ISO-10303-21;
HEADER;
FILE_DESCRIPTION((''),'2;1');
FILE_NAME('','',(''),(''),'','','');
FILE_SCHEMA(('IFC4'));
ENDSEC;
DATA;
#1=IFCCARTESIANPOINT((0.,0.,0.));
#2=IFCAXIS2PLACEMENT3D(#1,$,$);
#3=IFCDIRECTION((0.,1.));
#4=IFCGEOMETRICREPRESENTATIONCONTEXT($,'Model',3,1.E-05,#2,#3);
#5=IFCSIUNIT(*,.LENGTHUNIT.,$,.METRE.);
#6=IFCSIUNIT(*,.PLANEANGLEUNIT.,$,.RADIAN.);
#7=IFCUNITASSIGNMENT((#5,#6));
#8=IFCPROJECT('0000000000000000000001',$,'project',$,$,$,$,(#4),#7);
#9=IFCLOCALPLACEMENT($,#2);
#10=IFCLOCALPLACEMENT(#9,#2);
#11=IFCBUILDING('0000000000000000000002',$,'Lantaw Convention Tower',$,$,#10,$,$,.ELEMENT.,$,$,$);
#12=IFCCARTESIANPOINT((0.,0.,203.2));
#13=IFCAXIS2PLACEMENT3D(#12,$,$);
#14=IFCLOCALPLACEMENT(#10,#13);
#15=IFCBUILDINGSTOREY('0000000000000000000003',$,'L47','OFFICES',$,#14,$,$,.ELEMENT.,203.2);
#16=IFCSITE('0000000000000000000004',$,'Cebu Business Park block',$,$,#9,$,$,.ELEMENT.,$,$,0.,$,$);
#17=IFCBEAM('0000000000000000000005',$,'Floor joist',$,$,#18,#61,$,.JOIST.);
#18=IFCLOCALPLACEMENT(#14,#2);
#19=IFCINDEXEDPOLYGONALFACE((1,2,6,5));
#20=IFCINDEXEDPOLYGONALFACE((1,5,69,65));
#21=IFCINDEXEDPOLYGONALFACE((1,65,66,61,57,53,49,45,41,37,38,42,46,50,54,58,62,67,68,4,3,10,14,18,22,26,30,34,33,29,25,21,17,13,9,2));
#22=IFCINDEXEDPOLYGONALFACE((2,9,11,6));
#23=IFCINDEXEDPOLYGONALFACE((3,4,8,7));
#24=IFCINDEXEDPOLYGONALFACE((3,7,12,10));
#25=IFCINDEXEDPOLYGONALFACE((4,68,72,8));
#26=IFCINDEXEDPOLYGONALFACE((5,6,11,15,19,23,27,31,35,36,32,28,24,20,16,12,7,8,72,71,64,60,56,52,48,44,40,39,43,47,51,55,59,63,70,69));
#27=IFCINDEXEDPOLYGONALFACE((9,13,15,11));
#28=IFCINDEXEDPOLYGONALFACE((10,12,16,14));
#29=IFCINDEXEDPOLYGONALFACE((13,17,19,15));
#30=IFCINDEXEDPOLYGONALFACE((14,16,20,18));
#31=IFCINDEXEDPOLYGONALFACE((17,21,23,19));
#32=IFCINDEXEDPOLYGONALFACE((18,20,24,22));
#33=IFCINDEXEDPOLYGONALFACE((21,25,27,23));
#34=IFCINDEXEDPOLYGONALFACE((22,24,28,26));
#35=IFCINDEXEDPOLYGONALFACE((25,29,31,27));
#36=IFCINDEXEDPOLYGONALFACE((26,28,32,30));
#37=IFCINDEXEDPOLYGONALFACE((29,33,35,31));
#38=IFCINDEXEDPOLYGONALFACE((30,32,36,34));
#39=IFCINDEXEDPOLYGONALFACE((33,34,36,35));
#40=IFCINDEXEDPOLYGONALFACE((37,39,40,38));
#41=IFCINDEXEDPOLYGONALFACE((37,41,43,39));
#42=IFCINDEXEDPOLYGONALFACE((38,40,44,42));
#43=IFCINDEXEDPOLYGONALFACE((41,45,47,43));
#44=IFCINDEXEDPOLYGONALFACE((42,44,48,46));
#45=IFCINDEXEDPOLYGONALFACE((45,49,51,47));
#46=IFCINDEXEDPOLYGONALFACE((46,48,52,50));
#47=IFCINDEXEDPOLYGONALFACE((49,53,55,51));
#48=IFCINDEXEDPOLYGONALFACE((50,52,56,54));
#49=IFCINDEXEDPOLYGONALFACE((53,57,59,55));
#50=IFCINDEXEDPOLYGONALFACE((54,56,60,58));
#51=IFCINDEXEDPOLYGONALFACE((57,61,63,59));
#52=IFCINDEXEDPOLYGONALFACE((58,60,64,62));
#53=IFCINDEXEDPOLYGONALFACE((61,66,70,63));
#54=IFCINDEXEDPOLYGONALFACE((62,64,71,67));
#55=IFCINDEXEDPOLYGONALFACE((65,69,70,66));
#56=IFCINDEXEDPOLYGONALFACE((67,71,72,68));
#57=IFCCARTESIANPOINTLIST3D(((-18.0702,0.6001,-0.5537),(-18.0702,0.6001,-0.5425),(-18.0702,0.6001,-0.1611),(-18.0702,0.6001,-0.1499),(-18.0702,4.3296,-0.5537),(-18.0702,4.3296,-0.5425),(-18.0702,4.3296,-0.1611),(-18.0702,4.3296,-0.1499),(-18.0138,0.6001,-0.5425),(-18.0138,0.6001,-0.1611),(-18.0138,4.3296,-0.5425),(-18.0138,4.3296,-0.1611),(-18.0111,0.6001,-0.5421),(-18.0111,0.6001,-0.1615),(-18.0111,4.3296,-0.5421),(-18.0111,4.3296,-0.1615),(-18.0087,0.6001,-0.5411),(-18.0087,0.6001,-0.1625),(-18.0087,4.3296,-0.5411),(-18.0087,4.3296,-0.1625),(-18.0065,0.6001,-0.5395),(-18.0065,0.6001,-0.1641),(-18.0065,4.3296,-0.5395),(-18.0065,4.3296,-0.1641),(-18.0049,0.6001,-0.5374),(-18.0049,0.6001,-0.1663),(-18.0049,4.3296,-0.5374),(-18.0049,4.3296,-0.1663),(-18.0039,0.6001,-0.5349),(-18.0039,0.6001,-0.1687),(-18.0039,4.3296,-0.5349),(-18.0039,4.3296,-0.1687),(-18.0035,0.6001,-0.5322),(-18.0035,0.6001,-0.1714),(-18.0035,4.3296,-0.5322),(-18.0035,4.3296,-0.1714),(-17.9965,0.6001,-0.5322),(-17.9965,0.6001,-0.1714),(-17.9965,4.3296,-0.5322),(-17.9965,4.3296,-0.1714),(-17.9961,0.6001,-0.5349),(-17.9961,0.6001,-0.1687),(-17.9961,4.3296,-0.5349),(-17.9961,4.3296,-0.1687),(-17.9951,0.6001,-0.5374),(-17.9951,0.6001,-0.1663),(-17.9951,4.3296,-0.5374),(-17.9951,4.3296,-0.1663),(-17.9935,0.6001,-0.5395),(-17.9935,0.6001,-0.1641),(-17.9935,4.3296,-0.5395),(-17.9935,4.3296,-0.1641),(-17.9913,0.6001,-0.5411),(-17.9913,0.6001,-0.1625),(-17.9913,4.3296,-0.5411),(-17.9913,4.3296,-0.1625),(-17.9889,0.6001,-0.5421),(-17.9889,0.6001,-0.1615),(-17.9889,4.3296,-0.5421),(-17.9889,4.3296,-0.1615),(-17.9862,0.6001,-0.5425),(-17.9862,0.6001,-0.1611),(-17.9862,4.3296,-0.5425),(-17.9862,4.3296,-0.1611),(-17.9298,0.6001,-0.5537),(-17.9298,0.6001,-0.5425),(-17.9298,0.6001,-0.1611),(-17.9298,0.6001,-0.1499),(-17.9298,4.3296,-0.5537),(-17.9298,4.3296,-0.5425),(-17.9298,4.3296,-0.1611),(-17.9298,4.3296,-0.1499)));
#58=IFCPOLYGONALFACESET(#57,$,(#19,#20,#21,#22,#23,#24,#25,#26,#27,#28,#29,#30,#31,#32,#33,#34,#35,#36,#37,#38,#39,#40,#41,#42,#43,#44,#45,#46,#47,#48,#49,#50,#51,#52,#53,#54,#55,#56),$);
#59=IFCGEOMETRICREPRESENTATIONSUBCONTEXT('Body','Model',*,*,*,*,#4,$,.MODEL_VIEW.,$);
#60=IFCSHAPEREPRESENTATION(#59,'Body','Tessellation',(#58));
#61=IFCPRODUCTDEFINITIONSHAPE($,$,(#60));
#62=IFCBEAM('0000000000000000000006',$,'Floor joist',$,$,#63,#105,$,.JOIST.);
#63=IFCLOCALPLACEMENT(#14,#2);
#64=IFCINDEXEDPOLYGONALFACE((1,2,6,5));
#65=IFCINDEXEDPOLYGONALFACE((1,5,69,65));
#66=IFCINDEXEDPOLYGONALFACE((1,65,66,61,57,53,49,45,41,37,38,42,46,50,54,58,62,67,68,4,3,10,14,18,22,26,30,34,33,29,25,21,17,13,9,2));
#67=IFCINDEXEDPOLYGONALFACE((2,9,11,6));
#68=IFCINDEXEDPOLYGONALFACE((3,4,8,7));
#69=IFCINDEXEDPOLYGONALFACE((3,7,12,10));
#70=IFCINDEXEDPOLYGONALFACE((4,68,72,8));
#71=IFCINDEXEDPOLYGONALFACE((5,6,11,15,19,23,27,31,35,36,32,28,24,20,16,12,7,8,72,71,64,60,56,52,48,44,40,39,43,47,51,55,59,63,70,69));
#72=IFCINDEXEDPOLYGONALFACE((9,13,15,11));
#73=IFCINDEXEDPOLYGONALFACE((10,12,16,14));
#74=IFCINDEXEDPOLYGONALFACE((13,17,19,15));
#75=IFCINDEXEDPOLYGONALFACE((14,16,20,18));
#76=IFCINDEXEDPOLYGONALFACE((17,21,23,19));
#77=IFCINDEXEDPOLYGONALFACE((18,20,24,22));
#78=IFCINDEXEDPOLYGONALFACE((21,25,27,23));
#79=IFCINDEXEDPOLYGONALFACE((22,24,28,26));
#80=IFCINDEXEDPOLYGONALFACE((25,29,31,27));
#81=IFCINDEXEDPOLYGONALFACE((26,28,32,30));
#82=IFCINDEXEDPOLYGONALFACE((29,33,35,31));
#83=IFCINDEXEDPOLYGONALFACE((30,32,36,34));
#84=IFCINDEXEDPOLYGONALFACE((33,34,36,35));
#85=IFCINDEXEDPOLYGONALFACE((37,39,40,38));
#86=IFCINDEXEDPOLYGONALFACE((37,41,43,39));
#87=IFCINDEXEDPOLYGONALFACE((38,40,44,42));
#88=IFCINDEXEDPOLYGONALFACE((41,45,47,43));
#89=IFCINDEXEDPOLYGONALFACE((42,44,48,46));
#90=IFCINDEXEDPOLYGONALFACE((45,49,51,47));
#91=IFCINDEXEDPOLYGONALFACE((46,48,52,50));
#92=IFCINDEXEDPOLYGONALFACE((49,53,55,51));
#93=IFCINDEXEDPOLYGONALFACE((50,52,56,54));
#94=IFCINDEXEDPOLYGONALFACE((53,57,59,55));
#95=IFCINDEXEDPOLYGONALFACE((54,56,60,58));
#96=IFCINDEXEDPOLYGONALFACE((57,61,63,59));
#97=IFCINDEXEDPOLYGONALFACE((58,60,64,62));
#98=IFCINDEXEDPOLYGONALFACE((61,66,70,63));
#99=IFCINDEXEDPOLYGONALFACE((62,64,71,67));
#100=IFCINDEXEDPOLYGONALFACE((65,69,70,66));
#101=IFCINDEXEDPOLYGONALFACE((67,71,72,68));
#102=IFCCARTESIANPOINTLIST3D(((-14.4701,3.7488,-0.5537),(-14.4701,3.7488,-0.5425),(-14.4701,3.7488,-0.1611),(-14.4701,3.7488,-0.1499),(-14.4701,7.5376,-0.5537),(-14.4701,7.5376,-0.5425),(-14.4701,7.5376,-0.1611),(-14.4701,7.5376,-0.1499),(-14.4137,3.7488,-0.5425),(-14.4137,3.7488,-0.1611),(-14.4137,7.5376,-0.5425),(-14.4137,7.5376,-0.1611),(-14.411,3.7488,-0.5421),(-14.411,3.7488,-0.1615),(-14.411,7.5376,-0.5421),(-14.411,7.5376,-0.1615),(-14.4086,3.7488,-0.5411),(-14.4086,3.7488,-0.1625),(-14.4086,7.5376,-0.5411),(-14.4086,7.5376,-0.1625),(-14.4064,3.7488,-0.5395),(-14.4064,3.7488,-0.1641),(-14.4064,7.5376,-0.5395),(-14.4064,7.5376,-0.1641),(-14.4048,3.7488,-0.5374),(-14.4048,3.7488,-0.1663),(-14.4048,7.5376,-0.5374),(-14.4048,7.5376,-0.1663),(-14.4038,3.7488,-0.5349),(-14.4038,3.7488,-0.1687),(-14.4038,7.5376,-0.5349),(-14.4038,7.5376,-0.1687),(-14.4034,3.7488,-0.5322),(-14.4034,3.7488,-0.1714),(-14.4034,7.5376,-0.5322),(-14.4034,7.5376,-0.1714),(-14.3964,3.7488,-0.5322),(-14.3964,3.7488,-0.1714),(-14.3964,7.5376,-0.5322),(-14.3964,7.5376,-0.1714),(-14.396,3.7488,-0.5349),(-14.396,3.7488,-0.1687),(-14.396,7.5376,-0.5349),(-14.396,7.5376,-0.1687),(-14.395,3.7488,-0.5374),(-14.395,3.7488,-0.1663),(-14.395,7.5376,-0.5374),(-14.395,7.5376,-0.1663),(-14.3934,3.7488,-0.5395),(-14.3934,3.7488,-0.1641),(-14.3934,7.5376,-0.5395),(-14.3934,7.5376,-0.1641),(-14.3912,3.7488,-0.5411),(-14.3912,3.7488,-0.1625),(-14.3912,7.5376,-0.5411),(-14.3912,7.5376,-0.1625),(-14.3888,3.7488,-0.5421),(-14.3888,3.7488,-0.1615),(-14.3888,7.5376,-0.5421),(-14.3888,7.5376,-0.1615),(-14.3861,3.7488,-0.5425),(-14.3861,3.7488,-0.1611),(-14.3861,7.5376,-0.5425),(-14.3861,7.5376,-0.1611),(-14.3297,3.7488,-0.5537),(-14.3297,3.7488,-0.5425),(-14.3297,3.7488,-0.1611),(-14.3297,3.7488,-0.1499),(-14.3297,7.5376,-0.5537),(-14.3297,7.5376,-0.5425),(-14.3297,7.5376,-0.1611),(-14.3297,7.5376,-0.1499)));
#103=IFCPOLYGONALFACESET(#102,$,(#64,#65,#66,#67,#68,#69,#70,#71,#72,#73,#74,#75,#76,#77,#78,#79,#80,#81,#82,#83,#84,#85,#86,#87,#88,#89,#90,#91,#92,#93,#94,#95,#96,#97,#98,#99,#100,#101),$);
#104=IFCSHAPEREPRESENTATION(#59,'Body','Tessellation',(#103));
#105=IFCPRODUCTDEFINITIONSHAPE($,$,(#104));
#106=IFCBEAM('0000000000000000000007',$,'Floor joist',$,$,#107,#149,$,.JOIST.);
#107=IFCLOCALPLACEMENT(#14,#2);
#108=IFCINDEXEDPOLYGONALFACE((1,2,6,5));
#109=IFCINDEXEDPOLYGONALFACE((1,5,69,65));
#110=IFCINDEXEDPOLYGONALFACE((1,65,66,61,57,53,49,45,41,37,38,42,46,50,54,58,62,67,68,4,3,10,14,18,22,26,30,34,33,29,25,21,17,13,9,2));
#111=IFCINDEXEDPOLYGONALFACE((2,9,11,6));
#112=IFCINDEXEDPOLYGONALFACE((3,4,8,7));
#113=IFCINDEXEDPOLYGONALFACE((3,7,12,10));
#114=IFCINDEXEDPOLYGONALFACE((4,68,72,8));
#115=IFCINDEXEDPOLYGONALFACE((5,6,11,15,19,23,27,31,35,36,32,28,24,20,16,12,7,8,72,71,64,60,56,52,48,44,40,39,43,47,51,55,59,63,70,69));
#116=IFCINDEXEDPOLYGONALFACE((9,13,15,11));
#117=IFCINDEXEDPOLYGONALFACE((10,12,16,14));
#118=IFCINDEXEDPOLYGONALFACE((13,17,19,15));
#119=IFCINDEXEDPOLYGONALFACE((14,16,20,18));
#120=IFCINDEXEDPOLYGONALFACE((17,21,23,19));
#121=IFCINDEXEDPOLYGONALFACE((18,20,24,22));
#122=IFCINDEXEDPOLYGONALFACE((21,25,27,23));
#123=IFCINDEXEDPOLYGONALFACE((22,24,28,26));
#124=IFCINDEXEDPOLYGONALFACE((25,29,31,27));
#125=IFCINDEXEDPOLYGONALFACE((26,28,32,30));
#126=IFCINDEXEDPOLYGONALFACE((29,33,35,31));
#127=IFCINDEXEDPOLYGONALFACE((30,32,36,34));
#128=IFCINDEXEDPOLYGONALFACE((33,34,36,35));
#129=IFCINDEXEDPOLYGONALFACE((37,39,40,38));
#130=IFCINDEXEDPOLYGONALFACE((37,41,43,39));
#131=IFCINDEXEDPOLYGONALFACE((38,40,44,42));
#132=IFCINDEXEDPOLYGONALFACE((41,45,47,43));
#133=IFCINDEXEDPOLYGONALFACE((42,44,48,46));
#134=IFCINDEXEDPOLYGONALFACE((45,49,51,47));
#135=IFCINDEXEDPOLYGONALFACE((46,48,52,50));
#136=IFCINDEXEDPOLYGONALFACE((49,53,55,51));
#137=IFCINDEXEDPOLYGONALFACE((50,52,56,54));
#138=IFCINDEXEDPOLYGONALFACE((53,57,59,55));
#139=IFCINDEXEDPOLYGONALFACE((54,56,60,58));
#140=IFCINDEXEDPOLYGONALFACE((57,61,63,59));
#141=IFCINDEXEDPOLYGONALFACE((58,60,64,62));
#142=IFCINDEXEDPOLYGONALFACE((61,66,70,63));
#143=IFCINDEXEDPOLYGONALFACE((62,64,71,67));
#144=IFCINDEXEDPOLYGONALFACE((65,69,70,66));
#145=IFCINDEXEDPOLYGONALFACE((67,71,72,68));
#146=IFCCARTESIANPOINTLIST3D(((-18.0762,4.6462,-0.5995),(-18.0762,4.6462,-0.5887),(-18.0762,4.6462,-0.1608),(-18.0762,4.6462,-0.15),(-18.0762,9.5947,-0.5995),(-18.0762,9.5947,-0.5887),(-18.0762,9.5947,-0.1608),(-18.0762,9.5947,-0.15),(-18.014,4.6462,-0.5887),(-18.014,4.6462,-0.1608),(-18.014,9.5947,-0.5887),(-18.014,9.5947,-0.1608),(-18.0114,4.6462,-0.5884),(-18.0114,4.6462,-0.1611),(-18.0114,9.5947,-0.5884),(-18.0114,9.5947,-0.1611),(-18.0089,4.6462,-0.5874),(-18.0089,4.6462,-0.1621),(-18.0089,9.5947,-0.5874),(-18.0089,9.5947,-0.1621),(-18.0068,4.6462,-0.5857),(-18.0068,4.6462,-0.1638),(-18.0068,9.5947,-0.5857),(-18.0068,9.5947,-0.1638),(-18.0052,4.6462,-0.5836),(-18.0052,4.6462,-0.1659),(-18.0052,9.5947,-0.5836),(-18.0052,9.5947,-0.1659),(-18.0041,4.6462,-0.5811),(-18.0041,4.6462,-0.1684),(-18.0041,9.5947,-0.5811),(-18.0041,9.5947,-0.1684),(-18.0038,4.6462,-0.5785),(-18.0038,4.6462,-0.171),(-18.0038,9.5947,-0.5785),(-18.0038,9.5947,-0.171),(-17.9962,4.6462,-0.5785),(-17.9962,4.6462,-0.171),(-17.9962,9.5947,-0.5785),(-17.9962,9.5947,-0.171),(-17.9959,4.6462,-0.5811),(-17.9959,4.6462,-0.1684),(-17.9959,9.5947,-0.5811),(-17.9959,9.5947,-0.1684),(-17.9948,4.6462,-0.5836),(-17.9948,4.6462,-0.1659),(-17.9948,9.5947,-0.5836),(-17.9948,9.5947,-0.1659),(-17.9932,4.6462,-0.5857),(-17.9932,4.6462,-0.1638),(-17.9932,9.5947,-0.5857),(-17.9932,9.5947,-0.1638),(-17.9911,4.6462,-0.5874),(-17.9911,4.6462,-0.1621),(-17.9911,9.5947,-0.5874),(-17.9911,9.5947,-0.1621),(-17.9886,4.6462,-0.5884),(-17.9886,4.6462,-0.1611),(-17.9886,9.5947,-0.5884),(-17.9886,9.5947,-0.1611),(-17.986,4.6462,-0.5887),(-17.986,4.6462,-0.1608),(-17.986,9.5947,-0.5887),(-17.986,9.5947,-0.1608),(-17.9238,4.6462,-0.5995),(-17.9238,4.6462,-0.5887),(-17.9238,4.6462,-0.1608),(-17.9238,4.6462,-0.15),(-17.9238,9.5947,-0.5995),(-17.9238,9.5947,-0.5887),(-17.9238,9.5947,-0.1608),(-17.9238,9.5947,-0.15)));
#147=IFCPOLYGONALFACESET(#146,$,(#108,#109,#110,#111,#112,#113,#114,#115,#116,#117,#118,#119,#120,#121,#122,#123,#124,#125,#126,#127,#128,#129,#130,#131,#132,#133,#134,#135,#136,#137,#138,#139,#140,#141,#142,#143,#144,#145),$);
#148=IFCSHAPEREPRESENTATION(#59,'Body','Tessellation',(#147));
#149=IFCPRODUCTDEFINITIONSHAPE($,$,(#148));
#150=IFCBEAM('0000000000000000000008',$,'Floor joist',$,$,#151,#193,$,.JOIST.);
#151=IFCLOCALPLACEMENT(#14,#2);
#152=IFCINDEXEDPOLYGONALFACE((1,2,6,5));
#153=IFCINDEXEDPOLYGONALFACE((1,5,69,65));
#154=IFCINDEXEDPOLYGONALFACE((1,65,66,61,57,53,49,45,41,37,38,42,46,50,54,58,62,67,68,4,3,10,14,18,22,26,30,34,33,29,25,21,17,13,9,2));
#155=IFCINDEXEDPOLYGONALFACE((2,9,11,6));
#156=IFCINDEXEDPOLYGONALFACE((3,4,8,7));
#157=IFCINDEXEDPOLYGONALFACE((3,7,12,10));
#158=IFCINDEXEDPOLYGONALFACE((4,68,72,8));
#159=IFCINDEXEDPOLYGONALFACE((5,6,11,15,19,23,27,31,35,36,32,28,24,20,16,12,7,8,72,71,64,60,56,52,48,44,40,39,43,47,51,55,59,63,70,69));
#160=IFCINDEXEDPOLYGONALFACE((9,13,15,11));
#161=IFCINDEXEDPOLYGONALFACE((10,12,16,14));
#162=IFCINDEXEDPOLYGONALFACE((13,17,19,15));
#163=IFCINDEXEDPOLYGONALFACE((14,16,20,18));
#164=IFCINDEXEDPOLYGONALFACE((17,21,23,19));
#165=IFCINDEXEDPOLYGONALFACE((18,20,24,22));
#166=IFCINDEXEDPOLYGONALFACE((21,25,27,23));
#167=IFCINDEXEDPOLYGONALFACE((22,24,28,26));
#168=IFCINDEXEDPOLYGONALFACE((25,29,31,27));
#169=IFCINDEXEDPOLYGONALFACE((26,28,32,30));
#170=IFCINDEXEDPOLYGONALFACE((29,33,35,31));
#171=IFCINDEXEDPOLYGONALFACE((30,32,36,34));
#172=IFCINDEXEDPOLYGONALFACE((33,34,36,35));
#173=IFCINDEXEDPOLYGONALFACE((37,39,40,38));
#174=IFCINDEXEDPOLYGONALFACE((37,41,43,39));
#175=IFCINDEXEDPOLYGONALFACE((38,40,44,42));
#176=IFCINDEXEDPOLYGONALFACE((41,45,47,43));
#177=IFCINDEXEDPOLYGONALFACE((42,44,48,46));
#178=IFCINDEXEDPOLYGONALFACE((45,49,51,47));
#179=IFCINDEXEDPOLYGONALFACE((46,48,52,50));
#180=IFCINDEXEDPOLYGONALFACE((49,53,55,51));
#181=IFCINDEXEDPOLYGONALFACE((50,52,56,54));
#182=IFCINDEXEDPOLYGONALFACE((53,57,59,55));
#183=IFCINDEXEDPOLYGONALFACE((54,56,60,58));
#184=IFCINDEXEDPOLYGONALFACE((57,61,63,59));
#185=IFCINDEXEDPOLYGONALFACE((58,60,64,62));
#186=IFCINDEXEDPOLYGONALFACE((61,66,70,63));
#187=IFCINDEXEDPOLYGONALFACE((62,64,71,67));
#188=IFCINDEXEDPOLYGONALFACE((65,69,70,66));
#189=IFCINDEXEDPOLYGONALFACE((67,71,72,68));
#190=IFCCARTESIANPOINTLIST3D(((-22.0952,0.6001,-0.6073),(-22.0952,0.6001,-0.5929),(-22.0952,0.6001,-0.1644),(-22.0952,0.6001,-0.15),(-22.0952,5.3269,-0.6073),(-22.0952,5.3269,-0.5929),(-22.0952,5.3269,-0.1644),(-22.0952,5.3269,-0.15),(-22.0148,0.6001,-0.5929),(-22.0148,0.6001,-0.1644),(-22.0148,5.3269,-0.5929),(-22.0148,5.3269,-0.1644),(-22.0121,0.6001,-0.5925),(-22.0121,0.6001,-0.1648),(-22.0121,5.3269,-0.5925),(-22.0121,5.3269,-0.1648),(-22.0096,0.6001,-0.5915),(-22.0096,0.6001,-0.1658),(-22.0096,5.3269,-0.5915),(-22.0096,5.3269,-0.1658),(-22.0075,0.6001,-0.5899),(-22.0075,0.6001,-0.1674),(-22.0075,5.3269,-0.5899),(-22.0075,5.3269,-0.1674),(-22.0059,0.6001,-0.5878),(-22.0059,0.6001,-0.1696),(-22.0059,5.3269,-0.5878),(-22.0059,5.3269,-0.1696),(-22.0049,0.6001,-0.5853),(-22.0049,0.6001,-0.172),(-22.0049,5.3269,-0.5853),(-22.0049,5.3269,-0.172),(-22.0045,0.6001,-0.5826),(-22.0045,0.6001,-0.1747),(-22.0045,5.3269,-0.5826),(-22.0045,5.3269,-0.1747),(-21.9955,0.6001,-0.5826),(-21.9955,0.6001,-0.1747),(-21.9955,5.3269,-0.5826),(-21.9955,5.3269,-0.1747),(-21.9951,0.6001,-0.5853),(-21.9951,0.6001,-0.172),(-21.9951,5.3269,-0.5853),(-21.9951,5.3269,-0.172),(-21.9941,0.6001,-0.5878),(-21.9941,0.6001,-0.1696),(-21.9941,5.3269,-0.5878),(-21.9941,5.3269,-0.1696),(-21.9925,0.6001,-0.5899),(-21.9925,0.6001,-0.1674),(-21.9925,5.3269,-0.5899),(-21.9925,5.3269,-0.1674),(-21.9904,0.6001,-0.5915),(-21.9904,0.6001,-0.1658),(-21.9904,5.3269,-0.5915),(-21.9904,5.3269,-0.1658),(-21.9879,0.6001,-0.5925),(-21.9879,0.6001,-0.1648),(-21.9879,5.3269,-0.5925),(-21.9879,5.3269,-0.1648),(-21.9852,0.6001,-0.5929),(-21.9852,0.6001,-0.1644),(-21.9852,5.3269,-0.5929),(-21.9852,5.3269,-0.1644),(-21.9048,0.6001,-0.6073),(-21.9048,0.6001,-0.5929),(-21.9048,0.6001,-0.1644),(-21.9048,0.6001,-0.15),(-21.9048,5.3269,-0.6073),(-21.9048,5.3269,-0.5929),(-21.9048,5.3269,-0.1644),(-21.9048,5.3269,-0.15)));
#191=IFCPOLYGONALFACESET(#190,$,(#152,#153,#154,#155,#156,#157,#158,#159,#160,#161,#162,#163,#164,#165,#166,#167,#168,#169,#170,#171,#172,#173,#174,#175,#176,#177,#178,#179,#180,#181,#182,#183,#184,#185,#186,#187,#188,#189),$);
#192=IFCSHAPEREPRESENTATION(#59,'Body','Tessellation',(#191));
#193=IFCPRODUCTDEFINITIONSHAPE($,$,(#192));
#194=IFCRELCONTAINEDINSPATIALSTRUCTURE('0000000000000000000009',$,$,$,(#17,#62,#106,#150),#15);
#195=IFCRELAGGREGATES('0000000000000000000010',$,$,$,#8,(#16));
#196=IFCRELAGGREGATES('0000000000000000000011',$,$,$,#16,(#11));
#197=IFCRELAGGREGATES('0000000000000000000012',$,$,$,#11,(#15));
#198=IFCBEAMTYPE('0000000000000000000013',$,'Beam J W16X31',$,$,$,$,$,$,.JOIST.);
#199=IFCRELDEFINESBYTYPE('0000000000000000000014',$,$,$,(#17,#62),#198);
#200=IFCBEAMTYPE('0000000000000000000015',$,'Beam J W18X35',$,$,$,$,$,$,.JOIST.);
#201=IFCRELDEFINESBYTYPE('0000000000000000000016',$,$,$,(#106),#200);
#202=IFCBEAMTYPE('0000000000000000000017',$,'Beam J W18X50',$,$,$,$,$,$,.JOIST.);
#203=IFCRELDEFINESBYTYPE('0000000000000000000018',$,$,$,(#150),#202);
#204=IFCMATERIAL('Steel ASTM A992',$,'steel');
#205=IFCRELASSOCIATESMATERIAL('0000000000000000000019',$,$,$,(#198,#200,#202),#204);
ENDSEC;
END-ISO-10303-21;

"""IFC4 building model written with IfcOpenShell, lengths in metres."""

from ifc_helpers import new_model, si_unit, direction, frame, origin, origin_2d, place, context, subcontext, project, spatial, i_section, extrude, material, material_profile, profile_set, type_object, element, save


model = new_model("IFC4")

# Units and contexts
model_context = context("Model", 3, precision=1e-05, world=origin(), true_north=direction((0.0, 1.0)))
body_context = subcontext(model_context, "Body", "Model", "MODEL_VIEW")
ifc_project = project(units=[si_unit("LENGTHUNIT", "METRE"), si_unit("PLANEANGLEUNIT", "RADIAN")], contexts=[model_context])

# Site, building, storey
site_placement = place(None, origin())
site = spatial("IfcSite", under=ifc_project, at=site_placement, Name="Cebu Business Park block", CompositionType="ELEMENT", RefElevation=0.0)
building_placement = place(site_placement, origin())
building = spatial("IfcBuilding", under=site, at=building_placement, Name="Lantaw Convention Tower", CompositionType="ELEMENT")
storey_placement = place(building_placement, frame((0.0, 0.0, 203.2)))
storey = spatial("IfcBuildingStorey", under=building, at=storey_placement, Name="L47", Description="OFFICES", CompositionType="ELEMENT", Elevation=203.2)

# Beams
ifc_material_1 = material(Name="Steel ASTM A992", Category="steel")
ifc_material_profile_1 = material_profile(ifc_material_1, i_section(OverallWidth=0.1404, OverallDepth=0.4038, WebThickness=0.0071, FlangeThickness=0.0112, FilletRadius=0.0103, at=origin_2d()), Name="W16X31")
ifc_profile_set_1 = profile_set([ifc_material_profile_1], Name="Steel ASTM A992")
beam_type_1 = type_object("IfcBeamType", Name="Beam J W16X31", PredefinedType="JOIST", material=ifc_profile_set_1)
beam_1_placement = place(storey_placement, frame((-18.0, 0.6001, -0.3518), z_axis=(0.0, 1.0, 0.0), x_axis=(-1.0, 0.0, 0.0)))
element("IfcBeam", 1, at=beam_1_placement, inside=storey, type_object=beam_type_1, Name="Floor joist", PredefinedType="JOIST", context=body_context, shape_type="SweptSolid", body=[
    extrude(i_section(OverallWidth=0.1404, OverallDepth=0.4038, WebThickness=0.0071, FlangeThickness=0.0112, FilletRadius=0.0103, at=origin_2d()), origin(), (0.0, 0.0, 1.0), 3.7295),
])
beam_2_placement = place(storey_placement, frame((-14.3999, 3.7488, -0.3518), z_axis=(0.0, 1.0, 0.0), x_axis=(-1.0, 0.0, 0.0)))
element("IfcBeam", 2, at=beam_2_placement, inside=storey, type_object=beam_type_1, Name="Floor joist", PredefinedType="JOIST", context=body_context, shape_type="SweptSolid", body=[
    extrude(i_section(OverallWidth=0.1404, OverallDepth=0.4038, WebThickness=0.0071, FlangeThickness=0.0112, FilletRadius=0.0103, at=origin_2d()), origin(), (0.0, 0.0, 1.0), 3.7888),
])
ifc_material_profile_2 = material_profile(ifc_material_1, i_section(OverallWidth=0.1523, OverallDepth=0.4495, WebThickness=0.0076, FlangeThickness=0.0107, FilletRadius=0.0103, at=origin_2d()), Name="W18X35")
ifc_profile_set_2 = profile_set([ifc_material_profile_2], Name="Steel ASTM A992")
beam_type_2 = type_object("IfcBeamType", Name="Beam J W18X35", PredefinedType="JOIST", material=ifc_profile_set_2)
beam_3_placement = place(storey_placement, frame((-18.0, 4.6462, -0.3748), z_axis=(0.0, 1.0, 0.0), x_axis=(-1.0, 0.0, 0.0)))
element("IfcBeam", 3, at=beam_3_placement, inside=storey, type_object=beam_type_2, Name="Floor joist", PredefinedType="JOIST", context=body_context, shape_type="SweptSolid", body=[
    extrude(i_section(OverallWidth=0.1523, OverallDepth=0.4495, WebThickness=0.0076, FlangeThickness=0.0107, FilletRadius=0.0103, at=origin_2d()), origin(), (0.0, 0.0, 1.0), 4.9485),
])
ifc_material_profile_3 = material_profile(ifc_material_1, i_section(OverallWidth=0.1904, OverallDepth=0.4573, WebThickness=0.009, FlangeThickness=0.0144, FilletRadius=0.0103, at=origin_2d()), Name="W18X50")
ifc_profile_set_3 = profile_set([ifc_material_profile_3], Name="Steel ASTM A992")
beam_type_3 = type_object("IfcBeamType", Name="Beam J W18X50", PredefinedType="JOIST", material=ifc_profile_set_3)
beam_4_placement = place(storey_placement, frame((-22.0, 0.6001, -0.3787), z_axis=(0.0, 1.0, 0.0), x_axis=(-1.0, 0.0, 0.0)))
element("IfcBeam", 4, at=beam_4_placement, inside=storey, type_object=beam_type_3, Name="Floor joist", PredefinedType="JOIST", context=body_context, shape_type="SweptSolid", body=[
    extrude(i_section(OverallWidth=0.1904, OverallDepth=0.4573, WebThickness=0.009, FlangeThickness=0.0144, FilletRadius=0.0103, at=origin_2d()), origin(), (0.0, 0.0, 1.0), 4.7268),
])

save(model, "model.ifc")
